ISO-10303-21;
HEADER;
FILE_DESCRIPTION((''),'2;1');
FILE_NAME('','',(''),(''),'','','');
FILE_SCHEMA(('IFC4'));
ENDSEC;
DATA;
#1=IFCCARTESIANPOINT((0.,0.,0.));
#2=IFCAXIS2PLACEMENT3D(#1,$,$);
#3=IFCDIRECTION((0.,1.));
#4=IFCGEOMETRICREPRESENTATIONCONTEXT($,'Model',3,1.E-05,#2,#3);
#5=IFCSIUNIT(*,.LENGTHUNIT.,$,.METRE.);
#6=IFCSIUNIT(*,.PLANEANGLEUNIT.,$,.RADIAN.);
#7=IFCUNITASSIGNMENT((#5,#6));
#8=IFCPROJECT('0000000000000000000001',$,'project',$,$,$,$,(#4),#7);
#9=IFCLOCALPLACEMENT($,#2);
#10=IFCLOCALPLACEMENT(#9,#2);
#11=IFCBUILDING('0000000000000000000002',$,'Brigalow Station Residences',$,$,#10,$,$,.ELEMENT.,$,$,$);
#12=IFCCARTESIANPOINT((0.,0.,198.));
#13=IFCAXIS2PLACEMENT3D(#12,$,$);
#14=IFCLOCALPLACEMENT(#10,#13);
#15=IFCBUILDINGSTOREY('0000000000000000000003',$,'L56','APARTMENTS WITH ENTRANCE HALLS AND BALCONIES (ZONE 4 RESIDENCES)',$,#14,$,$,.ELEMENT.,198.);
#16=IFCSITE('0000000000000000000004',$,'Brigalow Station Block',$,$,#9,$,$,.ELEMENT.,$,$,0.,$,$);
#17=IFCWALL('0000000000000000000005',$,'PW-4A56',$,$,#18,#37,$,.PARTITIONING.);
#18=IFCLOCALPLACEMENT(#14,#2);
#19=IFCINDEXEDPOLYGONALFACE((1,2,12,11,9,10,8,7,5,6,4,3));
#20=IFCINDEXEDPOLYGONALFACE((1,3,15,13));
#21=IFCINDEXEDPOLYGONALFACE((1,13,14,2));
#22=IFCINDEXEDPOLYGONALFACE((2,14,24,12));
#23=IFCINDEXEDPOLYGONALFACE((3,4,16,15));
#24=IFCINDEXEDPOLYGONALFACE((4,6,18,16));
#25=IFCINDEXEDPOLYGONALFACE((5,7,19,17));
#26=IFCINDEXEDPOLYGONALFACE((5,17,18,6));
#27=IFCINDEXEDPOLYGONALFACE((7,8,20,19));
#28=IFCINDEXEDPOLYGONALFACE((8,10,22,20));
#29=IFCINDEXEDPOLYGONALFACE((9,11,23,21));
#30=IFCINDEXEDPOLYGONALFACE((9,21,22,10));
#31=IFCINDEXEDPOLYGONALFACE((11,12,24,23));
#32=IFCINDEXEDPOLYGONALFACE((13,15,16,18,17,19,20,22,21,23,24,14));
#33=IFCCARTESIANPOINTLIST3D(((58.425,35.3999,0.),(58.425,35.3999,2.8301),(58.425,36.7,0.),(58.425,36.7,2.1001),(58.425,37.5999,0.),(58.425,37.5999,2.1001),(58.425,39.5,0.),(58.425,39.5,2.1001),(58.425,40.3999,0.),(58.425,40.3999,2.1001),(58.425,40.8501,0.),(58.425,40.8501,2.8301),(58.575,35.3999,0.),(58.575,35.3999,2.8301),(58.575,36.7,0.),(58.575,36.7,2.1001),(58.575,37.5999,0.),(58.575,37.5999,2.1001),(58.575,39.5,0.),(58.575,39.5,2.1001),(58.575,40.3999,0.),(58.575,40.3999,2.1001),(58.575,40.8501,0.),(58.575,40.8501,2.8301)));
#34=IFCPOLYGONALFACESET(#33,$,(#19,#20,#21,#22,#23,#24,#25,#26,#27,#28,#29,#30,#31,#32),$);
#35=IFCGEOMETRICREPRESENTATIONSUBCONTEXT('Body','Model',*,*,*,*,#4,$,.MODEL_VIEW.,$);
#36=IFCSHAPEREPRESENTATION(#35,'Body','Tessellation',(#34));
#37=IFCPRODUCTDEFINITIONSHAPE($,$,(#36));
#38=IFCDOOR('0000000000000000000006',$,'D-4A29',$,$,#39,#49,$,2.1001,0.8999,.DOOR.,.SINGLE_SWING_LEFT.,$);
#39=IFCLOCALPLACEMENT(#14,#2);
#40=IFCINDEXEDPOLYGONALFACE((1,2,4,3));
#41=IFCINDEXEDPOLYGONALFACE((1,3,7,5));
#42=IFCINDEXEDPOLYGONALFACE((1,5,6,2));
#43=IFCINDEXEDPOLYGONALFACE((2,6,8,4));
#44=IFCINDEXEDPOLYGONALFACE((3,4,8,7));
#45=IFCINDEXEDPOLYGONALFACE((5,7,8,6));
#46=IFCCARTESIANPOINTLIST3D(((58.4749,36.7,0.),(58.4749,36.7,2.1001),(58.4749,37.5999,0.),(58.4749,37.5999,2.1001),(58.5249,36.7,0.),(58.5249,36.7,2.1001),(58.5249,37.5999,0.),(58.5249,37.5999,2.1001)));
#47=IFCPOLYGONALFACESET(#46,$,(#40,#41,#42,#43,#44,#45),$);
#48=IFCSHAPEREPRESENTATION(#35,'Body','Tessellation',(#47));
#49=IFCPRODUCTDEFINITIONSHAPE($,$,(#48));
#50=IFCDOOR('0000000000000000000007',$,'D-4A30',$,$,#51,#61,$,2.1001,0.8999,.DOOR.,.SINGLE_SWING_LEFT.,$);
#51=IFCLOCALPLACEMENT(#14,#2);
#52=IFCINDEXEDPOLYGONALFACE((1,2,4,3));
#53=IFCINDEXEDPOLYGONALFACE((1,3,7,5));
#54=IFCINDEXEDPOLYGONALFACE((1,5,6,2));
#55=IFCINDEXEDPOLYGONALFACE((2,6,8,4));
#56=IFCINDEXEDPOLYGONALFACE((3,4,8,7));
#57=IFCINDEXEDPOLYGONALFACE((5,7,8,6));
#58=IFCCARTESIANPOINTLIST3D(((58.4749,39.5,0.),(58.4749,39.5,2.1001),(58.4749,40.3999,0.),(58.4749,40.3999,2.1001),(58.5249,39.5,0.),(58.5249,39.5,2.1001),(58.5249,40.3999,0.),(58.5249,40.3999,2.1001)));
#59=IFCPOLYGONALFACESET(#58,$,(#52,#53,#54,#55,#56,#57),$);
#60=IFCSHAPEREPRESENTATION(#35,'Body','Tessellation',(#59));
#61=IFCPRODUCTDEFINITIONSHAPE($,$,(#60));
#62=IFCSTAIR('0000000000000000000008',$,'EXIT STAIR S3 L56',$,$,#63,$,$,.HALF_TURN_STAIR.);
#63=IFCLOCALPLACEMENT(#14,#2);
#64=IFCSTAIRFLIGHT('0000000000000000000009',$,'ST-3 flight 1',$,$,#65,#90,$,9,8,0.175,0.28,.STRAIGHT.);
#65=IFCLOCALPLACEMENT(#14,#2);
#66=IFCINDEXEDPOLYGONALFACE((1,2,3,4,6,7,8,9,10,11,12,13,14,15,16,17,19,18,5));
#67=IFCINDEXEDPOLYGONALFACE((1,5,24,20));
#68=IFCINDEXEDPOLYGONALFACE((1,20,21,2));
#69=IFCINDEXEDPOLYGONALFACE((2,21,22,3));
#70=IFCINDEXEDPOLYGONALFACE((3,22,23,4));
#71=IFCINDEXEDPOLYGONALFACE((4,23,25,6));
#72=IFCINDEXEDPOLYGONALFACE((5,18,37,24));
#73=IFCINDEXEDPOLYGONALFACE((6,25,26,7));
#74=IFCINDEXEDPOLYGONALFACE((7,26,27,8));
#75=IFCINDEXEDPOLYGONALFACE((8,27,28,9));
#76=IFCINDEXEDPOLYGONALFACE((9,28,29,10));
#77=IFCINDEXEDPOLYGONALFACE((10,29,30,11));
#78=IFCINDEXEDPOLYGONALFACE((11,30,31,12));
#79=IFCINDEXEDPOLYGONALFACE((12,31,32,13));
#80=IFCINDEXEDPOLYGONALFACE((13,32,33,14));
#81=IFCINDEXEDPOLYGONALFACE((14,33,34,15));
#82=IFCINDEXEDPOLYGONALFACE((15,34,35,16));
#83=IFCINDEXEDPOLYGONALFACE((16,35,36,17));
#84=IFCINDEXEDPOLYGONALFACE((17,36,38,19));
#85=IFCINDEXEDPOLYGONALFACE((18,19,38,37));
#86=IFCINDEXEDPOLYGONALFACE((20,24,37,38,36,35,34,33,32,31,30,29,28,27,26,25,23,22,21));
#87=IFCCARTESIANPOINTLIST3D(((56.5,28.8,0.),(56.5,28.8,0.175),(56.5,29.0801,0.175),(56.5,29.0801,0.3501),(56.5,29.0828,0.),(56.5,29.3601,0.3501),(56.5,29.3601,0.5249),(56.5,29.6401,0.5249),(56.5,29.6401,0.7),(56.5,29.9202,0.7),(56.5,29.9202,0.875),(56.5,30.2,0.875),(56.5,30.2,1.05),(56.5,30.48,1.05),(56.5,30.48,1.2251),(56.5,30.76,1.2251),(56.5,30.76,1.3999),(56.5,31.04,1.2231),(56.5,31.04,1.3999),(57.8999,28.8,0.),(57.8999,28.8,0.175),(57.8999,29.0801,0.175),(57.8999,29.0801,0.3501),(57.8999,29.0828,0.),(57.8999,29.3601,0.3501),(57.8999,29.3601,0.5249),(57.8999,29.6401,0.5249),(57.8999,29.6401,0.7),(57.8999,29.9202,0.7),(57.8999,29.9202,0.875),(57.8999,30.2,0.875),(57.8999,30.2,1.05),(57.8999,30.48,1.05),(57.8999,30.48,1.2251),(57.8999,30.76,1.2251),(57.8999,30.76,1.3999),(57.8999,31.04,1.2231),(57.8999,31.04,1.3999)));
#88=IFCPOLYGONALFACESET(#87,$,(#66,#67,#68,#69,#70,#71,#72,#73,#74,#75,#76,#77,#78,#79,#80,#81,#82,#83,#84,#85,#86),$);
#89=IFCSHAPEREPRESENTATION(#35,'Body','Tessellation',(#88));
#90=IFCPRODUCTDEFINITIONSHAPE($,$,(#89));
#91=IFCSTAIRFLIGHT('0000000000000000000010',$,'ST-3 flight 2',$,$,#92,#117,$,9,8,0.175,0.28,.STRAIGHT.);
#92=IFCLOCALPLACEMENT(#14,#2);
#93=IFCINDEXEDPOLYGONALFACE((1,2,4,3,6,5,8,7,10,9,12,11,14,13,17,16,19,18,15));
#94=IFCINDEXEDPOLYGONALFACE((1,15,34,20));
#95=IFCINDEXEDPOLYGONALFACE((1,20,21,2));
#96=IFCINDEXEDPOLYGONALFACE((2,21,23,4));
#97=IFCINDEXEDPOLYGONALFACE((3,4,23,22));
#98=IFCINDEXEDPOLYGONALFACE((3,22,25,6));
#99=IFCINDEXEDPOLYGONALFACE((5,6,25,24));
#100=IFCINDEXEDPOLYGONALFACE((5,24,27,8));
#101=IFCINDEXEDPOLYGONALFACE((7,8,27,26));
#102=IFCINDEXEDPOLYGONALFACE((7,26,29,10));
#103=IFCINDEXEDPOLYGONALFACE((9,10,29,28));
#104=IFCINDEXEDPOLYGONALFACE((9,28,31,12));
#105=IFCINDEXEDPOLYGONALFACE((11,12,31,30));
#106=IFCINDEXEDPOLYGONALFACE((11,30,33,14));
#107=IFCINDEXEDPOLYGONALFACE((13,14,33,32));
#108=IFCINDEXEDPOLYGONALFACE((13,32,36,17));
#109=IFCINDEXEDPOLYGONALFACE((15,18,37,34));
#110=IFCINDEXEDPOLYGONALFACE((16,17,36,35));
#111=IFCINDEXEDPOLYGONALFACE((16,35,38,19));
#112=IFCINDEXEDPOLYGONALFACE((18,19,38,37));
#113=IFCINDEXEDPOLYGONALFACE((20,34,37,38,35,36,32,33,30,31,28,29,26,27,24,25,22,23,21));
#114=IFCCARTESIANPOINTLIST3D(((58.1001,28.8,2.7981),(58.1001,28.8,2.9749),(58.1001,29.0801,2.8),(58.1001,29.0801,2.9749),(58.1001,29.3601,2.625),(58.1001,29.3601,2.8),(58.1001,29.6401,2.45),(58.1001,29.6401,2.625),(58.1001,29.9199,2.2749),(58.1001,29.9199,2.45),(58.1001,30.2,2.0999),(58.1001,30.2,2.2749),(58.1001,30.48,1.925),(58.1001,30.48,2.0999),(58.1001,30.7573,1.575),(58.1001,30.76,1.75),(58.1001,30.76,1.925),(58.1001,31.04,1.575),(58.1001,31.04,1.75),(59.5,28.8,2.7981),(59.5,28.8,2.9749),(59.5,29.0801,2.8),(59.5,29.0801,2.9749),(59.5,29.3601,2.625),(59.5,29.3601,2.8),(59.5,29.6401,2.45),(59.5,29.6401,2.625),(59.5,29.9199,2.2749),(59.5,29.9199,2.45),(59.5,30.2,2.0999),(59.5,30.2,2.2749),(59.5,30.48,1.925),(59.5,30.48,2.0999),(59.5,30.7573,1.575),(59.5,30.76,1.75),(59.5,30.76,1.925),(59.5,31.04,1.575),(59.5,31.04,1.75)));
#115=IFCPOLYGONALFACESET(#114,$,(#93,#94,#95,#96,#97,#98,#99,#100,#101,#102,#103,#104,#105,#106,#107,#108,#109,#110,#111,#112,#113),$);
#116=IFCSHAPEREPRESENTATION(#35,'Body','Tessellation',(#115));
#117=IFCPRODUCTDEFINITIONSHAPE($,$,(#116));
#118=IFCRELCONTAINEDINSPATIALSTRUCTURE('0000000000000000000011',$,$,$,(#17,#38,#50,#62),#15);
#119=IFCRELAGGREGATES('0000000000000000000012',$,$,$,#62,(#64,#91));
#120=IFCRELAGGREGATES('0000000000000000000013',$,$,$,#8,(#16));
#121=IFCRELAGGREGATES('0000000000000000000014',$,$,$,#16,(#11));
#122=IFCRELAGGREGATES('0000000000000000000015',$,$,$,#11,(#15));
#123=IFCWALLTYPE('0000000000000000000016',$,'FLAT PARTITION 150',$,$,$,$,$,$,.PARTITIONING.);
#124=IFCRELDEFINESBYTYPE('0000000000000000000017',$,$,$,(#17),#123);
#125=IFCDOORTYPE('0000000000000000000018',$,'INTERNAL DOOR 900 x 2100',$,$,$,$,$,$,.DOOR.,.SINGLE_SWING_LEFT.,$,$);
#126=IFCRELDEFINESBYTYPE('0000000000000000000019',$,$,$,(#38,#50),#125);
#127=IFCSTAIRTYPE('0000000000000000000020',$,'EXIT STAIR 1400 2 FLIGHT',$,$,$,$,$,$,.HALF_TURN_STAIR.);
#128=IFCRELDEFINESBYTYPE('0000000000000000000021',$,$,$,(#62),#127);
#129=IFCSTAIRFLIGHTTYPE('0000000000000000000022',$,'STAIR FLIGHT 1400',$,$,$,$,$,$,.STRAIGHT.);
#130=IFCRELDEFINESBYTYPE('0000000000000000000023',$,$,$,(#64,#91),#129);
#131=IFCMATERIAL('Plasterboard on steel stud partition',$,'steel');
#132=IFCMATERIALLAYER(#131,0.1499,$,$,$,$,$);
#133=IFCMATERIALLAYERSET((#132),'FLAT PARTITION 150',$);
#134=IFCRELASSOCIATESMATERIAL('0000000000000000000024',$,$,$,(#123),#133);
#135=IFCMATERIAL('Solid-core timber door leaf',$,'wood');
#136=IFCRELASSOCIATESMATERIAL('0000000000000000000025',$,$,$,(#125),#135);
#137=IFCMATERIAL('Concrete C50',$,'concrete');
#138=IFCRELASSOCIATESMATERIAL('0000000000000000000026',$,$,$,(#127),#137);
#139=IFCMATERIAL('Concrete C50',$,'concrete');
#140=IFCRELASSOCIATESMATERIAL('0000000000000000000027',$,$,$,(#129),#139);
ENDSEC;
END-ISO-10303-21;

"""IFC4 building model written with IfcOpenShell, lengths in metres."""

from ifc_helpers import new_model, si_unit, direction, frame, frame_2d, origin, place, context, subcontext, project, spatial, polyline, rectangle, outline, extrude, material, layer, layer_set, type_object, element, fill, aggregate, save


model = new_model("IFC4")

# Units and contexts
model_context = context("Model", 3, precision=1e-05, world=origin(), true_north=direction((0.0, 1.0)))
body_context = subcontext(model_context, "Body", "Model", "MODEL_VIEW")
ifc_project = project(units=[si_unit("LENGTHUNIT", "METRE"), si_unit("PLANEANGLEUNIT", "RADIAN")], contexts=[model_context])

# Site, building, storey
site_placement = place(None, origin())
site = spatial("IfcSite", under=ifc_project, at=site_placement, Name="Brigalow Station Block", CompositionType="ELEMENT", RefElevation=0.0)
building_placement = place(site_placement, origin())
building = spatial("IfcBuilding", under=site, at=building_placement, Name="Brigalow Station Residences", CompositionType="ELEMENT")
storey_placement = place(building_placement, frame((0.0, 0.0, 198.0)))
storey = spatial("IfcBuildingStorey", under=building, at=storey_placement, Name="L56", Description="APARTMENTS WITH ENTRANCE HALLS AND BALCONIES (ZONE 4 RESIDENCES)", CompositionType="ELEMENT", Elevation=198.0)

# Wall, openings, doors
ifc_material_1 = material(Name="Plasterboard on steel stud partition", Category="steel")
ifc_layer_1 = layer(ifc_material_1, 0.1499)
ifc_layer_set_1 = layer_set([ifc_layer_1], Name="FLAT PARTITION 150")
wall_type_1 = type_object("IfcWallType", Name="FLAT PARTITION 150", PredefinedType="PARTITIONING", material=ifc_layer_set_1)
ifc_material_2 = material(Name="Solid-core timber door leaf", Category="wood")
door_type_1 = type_object("IfcDoorType", Name="INTERNAL DOOR 900 x 2100", OperationType="SINGLE_SWING_LEFT", PredefinedType="DOOR", material=ifc_material_2)
wall_1_placement = place(storey_placement, frame((58.5, 35.3999, 0.0), z_axis=(0.0, 0.0, 1.0), x_axis=(0.0, 1.0, 0.0)))
wall_1 = element("IfcWall", 1, at=wall_1_placement, inside=storey, type_object=wall_type_1, Name="PW-4A56", PredefinedType="PARTITIONING", context=body_context, shape_type="SweptSolid", body=[
    extrude(rectangle(XDim=5.4502, YDim=0.1499, at=frame_2d((2.7251, 0.0))), origin(), (0.0, 0.0, 1.0), 2.8301),
])
opening_1_placement = place(wall_1_placement, frame((1.3, 0.0, 0.0)))
opening_1 = element("IfcOpeningElement", 2, at=opening_1_placement, cuts=wall_1, PredefinedType="OPENING", context=body_context, shape_type="SweptSolid", body=[
    extrude(rectangle(XDim=0.8999, YDim=2.1001, at=frame_2d((0.45, 1.05))), frame((0.0, 0.085, 0.0), z_axis=(0.0, -1.0, 0.0), x_axis=(1.0, 0.0, 0.0)), (0.0, 0.0, 1.0), 0.1699),
])
opening_2_placement = place(wall_1_placement, frame((4.1001, 0.0, 0.0)))
opening_2 = element("IfcOpeningElement", 3, at=opening_2_placement, cuts=wall_1, PredefinedType="OPENING", context=body_context, shape_type="SweptSolid", body=[
    extrude(rectangle(XDim=0.8999, YDim=2.1001, at=frame_2d((0.45, 1.05))), frame((0.0, 0.085, 0.0), z_axis=(0.0, -1.0, 0.0), x_axis=(1.0, 0.0, 0.0)), (0.0, 0.0, 1.0), 0.1699),
])
door_1_placement = place(opening_1_placement, frame((0.8999, 0.0, 0.0), z_axis=(0.0, 0.0, 1.0), x_axis=(-1.0, 0.0, 0.0)))
door_1 = element("IfcDoor", 4, at=door_1_placement, inside=storey, type_object=door_type_1, Name="D-4A29", OperationType="SINGLE_SWING_LEFT", OverallHeight=2.1001, OverallWidth=0.8999, PredefinedType="DOOR", context=body_context, shape_type="SweptSolid", body=[
    extrude(rectangle(XDim=0.8999, YDim=2.1001, at=frame_2d((0.45, 1.05))), frame((0.0, 0.0249, 0.0), z_axis=(0.0, -1.0, 0.0), x_axis=(1.0, 0.0, 0.0)), (0.0, 0.0, 1.0), 0.05),
])
fill(opening_1, door_1)
door_2_placement = place(opening_2_placement, frame((0.8999, 0.0, 0.0), z_axis=(0.0, 0.0, 1.0), x_axis=(-1.0, 0.0, 0.0)))
door_2 = element("IfcDoor", 5, at=door_2_placement, inside=storey, type_object=door_type_1, Name="D-4A30", OperationType="SINGLE_SWING_LEFT", OverallHeight=2.1001, OverallWidth=0.8999, PredefinedType="DOOR", context=body_context, shape_type="SweptSolid", body=[
    extrude(rectangle(XDim=0.8999, YDim=2.1001, at=frame_2d((0.45, 1.05))), frame((0.0, 0.0249, 0.0), z_axis=(0.0, -1.0, 0.0), x_axis=(1.0, 0.0, 0.0)), (0.0, 0.0, 1.0), 0.05),
])
fill(opening_2, door_2)

# Stair, stair flights
ifc_material_3 = material(Name="Concrete C50", Category="concrete")
stair_type = type_object("IfcStairType", Name="EXIT STAIR 1400 2 FLIGHT", PredefinedType="HALF_TURN_STAIR", material=ifc_material_3)
stair_placement = place(storey_placement, origin())
stair = element("IfcStair", 6, at=stair_placement, inside=storey, type_object=stair_type, Name="EXIT STAIR S3 L56", PredefinedType="HALF_TURN_STAIR")
ifc_material_4 = material(Name="Concrete C50", Category="concrete")
stair_flight_type = type_object("IfcStairFlightType", Name="STAIR FLIGHT 1400", PredefinedType="STRAIGHT", material=ifc_material_4)
stair_flight_1_placement = place(storey_placement, frame((57.2, 28.8, 0.0), z_axis=(0.0, 0.0, 1.0), x_axis=(0.0, 1.0, 0.0)))
stair_flight_1 = element("IfcStairFlight", 7, at=stair_flight_1_placement, type_object=stair_flight_type, Name="ST-3 flight 1", NumberOfRisers=9, NumberOfTreads=8, PredefinedType="STRAIGHT", RiserHeight=0.175, TreadLength=0.28, context=body_context, shape_type="SweptSolid", body=[
    extrude(outline(polyline([(0.0, 0.0), (0.0, 0.175), (0.28, 0.175), (0.28, 0.3501), (0.5601, 0.3501), (0.5601, 0.5249), (0.8401, 0.5249), (0.8401, 0.7), (1.1201, 0.7), (1.1201, 0.875), (1.3999, 0.875), (1.3999, 1.05), (1.6799, 1.05), (1.6799, 1.2251), (1.96, 1.2251), (1.96, 1.3999), (2.24, 1.3999), (2.24, 1.575), (2.24, 1.2231), (0.2827, 0.0), (0.0, 0.0)])), frame((0.0, 0.7, 0.0), z_axis=(0.0, -1.0, 0.0), x_axis=(1.0, 0.0, 0.0)), (0.0, 0.0, 1.0), 1.3999),
])
stair_flight_2_placement = place(storey_placement, frame((58.8, 31.04, 1.575), z_axis=(0.0, 0.0, 1.0), x_axis=(0.0, -1.0, 0.0)))
stair_flight_2 = element("IfcStairFlight", 8, at=stair_flight_2_placement, type_object=stair_flight_type, Name="ST-3 flight 2", NumberOfRisers=9, NumberOfTreads=8, PredefinedType="STRAIGHT", RiserHeight=0.175, TreadLength=0.28, context=body_context, shape_type="SweptSolid", body=[
    extrude(outline(polyline([(0.0, 0.0), (0.0, 0.175), (0.28, 0.175), (0.28, 0.3501), (0.5601, 0.3501), (0.5601, 0.5249), (0.8401, 0.5249), (0.8401, 0.7), (1.1201, 0.7), (1.1201, 0.875), (1.3999, 0.875), (1.3999, 1.05), (1.6799, 1.05), (1.6799, 1.2251), (1.96, 1.2251), (1.96, 1.3999), (2.24, 1.3999), (2.24, 1.575), (2.24, 1.2231), (0.2827, 0.0), (0.0, 0.0)])), frame((0.0, 0.7, 0.0), z_axis=(0.0, -1.0, 0.0), x_axis=(1.0, 0.0, 0.0)), (0.0, 0.0, 1.0), 1.3999),
])
aggregate(stair, [stair_flight_1, stair_flight_2])

save(model, "model.ifc")
